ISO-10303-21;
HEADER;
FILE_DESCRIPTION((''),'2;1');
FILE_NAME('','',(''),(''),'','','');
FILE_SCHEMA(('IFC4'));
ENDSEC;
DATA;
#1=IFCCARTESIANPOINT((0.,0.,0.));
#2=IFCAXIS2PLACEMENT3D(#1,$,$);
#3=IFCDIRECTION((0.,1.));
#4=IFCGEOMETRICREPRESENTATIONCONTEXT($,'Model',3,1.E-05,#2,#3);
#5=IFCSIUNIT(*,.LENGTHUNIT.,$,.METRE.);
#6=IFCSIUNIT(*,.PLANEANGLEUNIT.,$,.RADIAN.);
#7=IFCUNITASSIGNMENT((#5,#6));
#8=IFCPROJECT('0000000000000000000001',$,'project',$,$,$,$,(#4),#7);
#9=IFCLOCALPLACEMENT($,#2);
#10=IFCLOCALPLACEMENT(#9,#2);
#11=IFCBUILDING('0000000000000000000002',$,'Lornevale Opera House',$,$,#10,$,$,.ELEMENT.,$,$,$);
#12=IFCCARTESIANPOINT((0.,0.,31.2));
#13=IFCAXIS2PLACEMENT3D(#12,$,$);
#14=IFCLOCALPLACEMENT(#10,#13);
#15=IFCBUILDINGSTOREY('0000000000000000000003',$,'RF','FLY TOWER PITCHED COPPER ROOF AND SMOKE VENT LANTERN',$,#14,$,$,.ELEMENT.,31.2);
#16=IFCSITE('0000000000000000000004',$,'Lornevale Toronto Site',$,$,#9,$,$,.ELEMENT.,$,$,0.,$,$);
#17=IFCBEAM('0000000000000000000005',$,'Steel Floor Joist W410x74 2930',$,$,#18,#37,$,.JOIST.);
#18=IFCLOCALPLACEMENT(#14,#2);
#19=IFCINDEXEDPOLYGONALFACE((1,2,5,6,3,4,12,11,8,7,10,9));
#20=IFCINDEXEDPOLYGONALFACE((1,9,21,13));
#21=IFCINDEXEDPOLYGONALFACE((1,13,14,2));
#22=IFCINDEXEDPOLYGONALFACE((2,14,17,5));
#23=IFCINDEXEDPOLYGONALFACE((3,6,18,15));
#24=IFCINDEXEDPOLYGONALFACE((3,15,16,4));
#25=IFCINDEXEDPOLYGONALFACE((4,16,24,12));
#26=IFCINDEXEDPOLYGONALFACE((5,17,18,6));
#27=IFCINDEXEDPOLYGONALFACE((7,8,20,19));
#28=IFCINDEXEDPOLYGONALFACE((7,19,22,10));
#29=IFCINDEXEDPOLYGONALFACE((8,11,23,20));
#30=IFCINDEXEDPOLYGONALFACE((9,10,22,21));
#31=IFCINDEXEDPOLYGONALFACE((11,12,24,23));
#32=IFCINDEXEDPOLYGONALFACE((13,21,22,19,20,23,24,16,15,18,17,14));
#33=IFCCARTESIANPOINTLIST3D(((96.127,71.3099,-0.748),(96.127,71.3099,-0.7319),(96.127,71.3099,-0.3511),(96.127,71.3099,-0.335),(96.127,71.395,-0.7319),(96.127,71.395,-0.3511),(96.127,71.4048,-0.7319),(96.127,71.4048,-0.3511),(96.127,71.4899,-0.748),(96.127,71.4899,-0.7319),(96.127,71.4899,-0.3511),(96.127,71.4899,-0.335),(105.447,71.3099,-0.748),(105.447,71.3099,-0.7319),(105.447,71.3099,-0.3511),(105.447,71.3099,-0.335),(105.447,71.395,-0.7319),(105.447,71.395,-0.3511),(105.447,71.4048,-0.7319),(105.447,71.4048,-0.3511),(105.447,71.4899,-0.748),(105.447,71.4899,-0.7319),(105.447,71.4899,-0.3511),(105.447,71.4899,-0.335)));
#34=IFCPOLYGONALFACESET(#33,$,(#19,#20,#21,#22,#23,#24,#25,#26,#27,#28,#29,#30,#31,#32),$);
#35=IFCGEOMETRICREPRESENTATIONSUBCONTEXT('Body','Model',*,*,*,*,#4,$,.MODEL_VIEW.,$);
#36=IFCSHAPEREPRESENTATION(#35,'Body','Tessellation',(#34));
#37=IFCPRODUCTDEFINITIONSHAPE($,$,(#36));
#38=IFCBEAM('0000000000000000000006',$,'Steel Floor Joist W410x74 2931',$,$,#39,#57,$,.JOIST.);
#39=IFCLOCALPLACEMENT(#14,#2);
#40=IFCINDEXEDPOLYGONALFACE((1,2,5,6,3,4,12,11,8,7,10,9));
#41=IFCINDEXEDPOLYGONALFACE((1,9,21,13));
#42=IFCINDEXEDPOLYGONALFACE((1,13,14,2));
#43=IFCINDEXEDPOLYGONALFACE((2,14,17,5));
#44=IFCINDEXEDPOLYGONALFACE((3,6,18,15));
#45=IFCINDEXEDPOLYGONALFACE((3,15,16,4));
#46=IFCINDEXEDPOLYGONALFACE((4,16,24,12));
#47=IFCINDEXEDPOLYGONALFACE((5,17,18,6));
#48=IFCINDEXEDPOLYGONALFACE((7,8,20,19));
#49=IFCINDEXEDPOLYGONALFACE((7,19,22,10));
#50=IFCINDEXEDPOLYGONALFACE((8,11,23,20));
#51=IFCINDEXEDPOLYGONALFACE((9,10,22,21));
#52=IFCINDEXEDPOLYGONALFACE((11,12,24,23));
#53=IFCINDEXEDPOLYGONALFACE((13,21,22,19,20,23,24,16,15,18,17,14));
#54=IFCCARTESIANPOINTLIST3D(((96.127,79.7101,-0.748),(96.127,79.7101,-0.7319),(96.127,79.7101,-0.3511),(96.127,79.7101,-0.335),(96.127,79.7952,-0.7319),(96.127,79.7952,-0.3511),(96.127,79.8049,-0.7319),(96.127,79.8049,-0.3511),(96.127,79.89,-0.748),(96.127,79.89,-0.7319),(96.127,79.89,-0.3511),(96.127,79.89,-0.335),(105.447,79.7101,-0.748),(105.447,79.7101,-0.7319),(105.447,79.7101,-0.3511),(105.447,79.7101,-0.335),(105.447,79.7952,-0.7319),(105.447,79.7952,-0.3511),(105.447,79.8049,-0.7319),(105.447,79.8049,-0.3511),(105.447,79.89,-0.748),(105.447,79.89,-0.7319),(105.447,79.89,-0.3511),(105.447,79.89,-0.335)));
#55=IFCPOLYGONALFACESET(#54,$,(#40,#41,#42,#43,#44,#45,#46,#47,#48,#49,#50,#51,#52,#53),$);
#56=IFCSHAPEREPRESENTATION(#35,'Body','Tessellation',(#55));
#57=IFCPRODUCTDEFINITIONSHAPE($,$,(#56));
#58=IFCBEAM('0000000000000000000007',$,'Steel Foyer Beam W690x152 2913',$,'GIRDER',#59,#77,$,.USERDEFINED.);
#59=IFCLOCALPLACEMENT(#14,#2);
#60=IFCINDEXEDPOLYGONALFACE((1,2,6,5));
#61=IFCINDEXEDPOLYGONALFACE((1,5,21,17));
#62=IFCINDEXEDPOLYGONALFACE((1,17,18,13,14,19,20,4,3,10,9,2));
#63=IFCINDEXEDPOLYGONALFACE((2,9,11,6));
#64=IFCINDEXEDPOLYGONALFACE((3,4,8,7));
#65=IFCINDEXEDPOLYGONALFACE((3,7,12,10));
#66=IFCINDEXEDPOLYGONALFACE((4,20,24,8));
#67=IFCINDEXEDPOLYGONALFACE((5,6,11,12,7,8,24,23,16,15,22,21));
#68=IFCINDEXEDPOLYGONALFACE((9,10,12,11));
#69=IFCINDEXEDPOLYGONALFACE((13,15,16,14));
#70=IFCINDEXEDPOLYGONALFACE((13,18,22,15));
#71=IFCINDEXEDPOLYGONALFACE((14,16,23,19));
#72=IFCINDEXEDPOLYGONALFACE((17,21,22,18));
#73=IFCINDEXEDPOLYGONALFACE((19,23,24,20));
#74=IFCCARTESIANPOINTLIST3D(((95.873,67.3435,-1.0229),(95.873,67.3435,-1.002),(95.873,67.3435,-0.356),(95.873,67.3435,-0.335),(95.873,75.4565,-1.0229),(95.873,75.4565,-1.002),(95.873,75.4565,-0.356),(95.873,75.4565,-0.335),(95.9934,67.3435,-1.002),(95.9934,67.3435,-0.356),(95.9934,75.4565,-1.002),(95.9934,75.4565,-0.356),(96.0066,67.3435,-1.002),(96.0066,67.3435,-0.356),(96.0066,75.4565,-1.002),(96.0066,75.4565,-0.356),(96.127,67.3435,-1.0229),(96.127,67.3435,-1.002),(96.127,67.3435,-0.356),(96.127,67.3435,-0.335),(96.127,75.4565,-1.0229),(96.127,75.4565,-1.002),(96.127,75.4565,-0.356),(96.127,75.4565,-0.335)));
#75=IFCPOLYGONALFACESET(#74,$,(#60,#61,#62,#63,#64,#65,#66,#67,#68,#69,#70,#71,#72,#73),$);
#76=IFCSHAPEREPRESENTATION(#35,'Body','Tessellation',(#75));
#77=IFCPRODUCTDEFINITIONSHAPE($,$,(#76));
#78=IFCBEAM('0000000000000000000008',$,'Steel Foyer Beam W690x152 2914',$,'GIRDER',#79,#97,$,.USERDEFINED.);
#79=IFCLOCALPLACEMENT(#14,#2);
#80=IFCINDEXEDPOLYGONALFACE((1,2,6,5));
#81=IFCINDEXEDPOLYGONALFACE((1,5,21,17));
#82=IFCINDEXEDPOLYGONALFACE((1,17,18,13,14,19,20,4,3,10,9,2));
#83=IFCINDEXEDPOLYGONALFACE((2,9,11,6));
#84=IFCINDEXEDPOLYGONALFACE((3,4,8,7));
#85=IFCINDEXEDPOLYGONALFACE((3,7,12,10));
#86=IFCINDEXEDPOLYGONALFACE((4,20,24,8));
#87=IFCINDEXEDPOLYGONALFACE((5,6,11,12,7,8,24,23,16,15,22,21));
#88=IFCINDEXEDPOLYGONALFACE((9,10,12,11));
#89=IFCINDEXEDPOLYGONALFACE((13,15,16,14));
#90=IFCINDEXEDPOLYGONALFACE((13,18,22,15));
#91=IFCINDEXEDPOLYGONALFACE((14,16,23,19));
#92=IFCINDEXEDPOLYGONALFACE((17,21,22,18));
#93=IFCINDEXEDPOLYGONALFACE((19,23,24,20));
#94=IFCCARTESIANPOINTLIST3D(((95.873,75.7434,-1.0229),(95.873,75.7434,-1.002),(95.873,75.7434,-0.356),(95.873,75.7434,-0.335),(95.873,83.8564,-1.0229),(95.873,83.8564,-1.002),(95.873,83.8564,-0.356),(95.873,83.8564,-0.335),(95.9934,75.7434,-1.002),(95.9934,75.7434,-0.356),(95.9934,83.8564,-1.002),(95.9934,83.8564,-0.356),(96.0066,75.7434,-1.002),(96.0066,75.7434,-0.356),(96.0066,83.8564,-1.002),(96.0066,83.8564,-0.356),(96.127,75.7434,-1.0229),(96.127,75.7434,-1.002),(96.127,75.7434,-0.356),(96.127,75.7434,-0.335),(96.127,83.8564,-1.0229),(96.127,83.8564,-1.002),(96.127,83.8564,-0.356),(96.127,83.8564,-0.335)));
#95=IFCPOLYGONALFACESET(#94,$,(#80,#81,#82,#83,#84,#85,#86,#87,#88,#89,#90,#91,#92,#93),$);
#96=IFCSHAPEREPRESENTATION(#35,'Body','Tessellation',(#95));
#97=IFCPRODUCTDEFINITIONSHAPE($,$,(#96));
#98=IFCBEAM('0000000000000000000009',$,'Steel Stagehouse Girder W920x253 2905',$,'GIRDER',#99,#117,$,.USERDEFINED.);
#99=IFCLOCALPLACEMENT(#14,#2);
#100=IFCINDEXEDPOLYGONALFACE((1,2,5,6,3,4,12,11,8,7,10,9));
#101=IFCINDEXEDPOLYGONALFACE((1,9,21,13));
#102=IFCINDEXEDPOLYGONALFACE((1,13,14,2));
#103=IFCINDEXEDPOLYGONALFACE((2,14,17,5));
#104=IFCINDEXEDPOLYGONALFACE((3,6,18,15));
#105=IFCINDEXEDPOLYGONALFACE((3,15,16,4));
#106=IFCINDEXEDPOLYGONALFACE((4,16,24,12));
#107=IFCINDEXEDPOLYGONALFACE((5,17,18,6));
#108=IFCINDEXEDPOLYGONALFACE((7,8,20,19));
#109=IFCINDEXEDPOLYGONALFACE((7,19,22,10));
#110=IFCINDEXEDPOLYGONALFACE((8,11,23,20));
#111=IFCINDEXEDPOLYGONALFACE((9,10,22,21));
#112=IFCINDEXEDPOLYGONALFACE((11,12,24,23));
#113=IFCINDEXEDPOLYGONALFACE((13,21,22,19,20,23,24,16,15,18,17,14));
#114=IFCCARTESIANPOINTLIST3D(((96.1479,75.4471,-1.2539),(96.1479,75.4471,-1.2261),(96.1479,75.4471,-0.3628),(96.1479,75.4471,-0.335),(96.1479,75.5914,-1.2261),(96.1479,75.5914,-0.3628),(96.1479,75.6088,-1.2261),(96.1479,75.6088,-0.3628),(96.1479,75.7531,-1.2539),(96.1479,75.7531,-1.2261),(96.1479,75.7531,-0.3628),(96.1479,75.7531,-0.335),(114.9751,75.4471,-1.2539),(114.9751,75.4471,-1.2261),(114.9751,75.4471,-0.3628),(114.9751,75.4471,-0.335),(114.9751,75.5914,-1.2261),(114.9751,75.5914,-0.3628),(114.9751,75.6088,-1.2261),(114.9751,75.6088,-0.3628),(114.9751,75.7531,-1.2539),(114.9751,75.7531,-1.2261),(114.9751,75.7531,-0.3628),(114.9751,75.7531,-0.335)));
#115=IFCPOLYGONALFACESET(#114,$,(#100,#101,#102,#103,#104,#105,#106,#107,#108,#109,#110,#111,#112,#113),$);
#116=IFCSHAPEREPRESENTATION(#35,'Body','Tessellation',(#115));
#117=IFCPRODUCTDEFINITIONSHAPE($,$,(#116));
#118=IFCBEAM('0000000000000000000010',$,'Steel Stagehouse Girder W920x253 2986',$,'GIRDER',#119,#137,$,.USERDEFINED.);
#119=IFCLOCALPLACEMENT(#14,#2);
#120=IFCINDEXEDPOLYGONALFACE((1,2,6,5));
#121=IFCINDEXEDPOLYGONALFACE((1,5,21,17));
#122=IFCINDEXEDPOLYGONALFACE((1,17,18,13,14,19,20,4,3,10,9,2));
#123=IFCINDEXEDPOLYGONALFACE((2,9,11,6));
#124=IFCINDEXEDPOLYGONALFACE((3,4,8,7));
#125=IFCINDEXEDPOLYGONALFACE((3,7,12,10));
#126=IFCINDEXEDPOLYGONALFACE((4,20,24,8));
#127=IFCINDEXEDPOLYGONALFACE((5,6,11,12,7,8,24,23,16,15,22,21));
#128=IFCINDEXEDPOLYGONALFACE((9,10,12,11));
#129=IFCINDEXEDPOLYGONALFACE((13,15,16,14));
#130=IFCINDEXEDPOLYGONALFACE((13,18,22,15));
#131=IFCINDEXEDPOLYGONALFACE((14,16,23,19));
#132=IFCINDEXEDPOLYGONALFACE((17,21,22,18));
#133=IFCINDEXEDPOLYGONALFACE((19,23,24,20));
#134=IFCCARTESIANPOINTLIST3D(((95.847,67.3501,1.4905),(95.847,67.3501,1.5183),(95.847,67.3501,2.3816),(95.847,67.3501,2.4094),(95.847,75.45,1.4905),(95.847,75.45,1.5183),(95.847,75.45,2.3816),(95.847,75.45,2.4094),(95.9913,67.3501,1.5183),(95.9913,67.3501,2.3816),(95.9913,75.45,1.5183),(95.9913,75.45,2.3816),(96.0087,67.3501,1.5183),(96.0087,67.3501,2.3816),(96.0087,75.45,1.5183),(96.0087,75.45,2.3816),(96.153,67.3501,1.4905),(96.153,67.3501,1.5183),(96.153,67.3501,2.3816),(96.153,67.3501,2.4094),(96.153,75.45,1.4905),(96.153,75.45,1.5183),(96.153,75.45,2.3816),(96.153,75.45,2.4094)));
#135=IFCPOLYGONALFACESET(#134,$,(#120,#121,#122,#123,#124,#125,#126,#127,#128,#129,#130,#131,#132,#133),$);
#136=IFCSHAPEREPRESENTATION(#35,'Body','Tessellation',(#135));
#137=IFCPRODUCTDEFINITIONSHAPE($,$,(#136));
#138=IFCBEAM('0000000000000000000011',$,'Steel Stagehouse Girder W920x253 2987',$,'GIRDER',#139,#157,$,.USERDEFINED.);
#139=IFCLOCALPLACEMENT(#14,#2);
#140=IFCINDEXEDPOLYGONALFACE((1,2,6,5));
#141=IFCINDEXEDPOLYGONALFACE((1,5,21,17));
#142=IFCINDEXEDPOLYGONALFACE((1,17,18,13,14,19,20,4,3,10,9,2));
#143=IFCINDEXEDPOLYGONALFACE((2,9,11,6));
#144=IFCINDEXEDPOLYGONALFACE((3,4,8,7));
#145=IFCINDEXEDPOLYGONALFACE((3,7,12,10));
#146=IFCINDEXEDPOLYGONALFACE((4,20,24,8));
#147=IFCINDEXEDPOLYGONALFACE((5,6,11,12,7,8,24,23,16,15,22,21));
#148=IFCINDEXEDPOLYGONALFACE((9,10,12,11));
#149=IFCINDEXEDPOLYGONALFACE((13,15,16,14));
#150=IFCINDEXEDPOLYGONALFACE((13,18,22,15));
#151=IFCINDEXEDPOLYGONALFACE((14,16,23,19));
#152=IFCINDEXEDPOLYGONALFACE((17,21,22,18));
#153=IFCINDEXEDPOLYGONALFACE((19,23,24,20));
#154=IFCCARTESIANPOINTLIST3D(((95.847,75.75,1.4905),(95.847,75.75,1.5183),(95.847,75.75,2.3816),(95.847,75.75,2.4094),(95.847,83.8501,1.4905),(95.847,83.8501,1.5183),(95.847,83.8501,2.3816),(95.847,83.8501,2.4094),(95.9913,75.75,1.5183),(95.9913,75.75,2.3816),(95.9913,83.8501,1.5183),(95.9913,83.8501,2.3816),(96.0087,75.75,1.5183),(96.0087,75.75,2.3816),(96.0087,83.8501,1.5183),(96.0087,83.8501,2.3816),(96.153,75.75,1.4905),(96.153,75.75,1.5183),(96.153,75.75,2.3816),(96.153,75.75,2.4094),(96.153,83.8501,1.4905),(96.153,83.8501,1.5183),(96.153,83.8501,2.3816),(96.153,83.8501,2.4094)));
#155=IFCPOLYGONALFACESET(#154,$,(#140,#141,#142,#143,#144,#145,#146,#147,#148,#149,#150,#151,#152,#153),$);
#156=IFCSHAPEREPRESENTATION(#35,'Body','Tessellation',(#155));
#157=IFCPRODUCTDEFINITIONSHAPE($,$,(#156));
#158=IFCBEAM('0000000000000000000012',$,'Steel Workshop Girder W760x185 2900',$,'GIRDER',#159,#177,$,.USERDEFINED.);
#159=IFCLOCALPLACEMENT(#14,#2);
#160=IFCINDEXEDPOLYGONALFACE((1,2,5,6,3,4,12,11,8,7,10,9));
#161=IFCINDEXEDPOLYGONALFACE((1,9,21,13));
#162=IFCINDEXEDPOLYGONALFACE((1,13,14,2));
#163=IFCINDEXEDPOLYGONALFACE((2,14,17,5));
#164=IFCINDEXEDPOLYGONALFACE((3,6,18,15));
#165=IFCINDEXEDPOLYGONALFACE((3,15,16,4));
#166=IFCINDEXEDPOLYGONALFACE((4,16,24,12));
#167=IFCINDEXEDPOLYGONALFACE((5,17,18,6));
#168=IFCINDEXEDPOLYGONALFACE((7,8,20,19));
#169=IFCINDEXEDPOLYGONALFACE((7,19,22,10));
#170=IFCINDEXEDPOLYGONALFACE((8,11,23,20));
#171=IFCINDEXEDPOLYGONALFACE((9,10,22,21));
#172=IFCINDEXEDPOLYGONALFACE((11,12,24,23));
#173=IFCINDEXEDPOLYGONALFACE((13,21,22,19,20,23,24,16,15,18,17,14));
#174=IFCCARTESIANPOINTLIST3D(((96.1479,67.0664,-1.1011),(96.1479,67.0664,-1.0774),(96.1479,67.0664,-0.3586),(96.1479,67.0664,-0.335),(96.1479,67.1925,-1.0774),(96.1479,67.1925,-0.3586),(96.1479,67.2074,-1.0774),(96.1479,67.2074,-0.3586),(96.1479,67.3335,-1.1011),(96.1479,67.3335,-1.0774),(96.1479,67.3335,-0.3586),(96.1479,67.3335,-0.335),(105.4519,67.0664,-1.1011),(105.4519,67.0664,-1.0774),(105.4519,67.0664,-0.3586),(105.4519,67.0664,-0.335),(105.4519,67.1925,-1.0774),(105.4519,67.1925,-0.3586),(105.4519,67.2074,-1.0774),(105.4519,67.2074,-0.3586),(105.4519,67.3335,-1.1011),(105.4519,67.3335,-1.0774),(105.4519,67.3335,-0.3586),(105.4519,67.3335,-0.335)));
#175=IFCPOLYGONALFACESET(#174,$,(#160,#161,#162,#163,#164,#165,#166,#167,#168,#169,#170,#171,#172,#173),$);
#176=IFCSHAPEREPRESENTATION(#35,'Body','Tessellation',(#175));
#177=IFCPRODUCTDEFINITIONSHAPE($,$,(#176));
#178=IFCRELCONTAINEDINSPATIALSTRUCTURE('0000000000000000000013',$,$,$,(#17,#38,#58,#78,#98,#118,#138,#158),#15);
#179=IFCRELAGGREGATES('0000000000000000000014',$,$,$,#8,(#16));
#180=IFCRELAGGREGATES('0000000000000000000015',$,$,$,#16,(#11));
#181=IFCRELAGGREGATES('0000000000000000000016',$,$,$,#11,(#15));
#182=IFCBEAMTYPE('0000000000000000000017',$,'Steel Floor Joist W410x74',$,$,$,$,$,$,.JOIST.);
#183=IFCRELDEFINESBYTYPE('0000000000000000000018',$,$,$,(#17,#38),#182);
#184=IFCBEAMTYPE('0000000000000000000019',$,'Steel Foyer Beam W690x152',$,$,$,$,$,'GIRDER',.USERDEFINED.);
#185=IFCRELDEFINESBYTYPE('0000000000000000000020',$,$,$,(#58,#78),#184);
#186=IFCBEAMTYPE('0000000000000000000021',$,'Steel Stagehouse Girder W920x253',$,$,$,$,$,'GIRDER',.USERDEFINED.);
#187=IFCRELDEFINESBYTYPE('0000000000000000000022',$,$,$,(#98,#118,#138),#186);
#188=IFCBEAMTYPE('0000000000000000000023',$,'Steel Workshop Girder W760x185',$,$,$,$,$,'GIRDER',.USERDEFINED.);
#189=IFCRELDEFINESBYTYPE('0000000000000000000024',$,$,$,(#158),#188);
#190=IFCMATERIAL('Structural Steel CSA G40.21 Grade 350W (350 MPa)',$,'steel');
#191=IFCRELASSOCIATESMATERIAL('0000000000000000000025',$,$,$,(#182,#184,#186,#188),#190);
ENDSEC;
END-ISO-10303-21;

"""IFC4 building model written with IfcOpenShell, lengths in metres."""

from ifc_helpers import new_model, si_unit, direction, frame, origin, origin_2d, place, context, subcontext, project, spatial, i_section, extrude, material, material_profile, profile_set, type_object, element, save


model = new_model("IFC4")

# Units and contexts
model_context = context("Model", 3, precision=1e-05, world=origin(), true_north=direction((0.0, 1.0)))
body_context = subcontext(model_context, "Body", "Model", "MODEL_VIEW")
ifc_project = project(units=[si_unit("LENGTHUNIT", "METRE"), si_unit("PLANEANGLEUNIT", "RADIAN")], contexts=[model_context])

# Site, building, storey
site_placement = place(None, origin())
site = spatial("IfcSite", under=ifc_project, at=site_placement, Name="Lornevale Toronto Site", CompositionType="ELEMENT", RefElevation=0.0)
building_placement = place(site_placement, origin())
building = spatial("IfcBuilding", under=site, at=building_placement, Name="Lornevale Opera House", CompositionType="ELEMENT")
storey_placement = place(building_placement, frame((0.0, 0.0, 31.2)))
storey = spatial("IfcBuildingStorey", under=building, at=storey_placement, Name="RF", Description="FLY TOWER PITCHED COPPER ROOF AND SMOKE VENT LANTERN", CompositionType="ELEMENT", Elevation=31.2)

# Shared definitions
ifc_material_1 = material(Name="Structural Steel CSA G40.21 Grade 350W (350 MPa)", Category="steel")

# Beams
ifc_material_profile_1 = material_profile(ifc_material_1, i_section(OverallWidth=0.1799, OverallDepth=0.4131, WebThickness=0.0098, FlangeThickness=0.0161, at=origin_2d()), Name="W410x74")
ifc_profile_set_1 = profile_set([ifc_material_profile_1], Name="Structural Steel CSA G40.21 Grade 350W (350 MPa)")
beam_type_1 = type_object("IfcBeamType", Name="Steel Floor Joist W410x74", PredefinedType="JOIST", material=ifc_profile_set_1)
for number, where, z_axis, x_axis, name in (
    (1, (96.127, 71.3999, -0.5415), (1.0, 0.0, 0.0), (0.0, 1.0, 0.0), "Steel Floor Joist W410x74 2930"),
    (2, (96.127, 79.8, -0.5415), (1.0, 0.0, 0.0), (0.0, 1.0, 0.0), "Steel Floor Joist W410x74 2931"),
):
    element("IfcBeam", number, at=place(storey_placement, frame(where, z_axis=z_axis, x_axis=x_axis)), inside=storey, type_object=beam_type_1, Name=name, PredefinedType="JOIST", context=body_context, shape_type="SweptSolid", body=[
        extrude(i_section(OverallWidth=0.1799, OverallDepth=0.4131, WebThickness=0.0098, FlangeThickness=0.0161, at=origin_2d()), origin(), (0.0, 0.0, 1.0), 9.3201),
    ])
ifc_material_profile_2 = material_profile(ifc_material_1, i_section(OverallWidth=0.2539, OverallDepth=0.688, WebThickness=0.0132, FlangeThickness=0.021, at=origin_2d()), Name="W690x152")
ifc_profile_set_2 = profile_set([ifc_material_profile_2], Name="Structural Steel CSA G40.21 Grade 350W (350 MPa)")
beam_type_2 = type_object("IfcBeamType", Name="Steel Foyer Beam W690x152", ElementType="GIRDER", PredefinedType="USERDEFINED", material=ifc_profile_set_2)
for number, where, z_axis, x_axis, name in (
    (3, (96.0, 67.3435, -0.679), (0.0, 1.0, 0.0), (-1.0, 0.0, 0.0), "Steel Foyer Beam W690x152 2913"),
    (4, (96.0, 75.7434, -0.679), (0.0, 1.0, 0.0), (-1.0, 0.0, 0.0), "Steel Foyer Beam W690x152 2914"),
):
    element("IfcBeam", number, at=place(storey_placement, frame(where, z_axis=z_axis, x_axis=x_axis)), inside=storey, type_object=beam_type_2, Name=name, ObjectType="GIRDER", PredefinedType="USERDEFINED", context=body_context, shape_type="SweptSolid", body=[
        extrude(i_section(OverallWidth=0.2539, OverallDepth=0.688, WebThickness=0.0132, FlangeThickness=0.021, at=origin_2d()), origin(), (0.0, 0.0, 1.0), 8.113),
    ])
ifc_material_profile_3 = material_profile(ifc_material_1, i_section(OverallWidth=0.3059, OverallDepth=0.9189, WebThickness=0.0173, FlangeThickness=0.0278, at=origin_2d()), Name="W920x253")
ifc_profile_set_3 = profile_set([ifc_material_profile_3], Name="Structural Steel CSA G40.21 Grade 350W (350 MPa)")
beam_type_3 = type_object("IfcBeamType", Name="Steel Stagehouse Girder W920x253", ElementType="GIRDER", PredefinedType="USERDEFINED", material=ifc_profile_set_3)
beam_1_placement = place(storey_placement, frame((96.1479, 75.6001, -0.7944), z_axis=(1.0, 0.0, 0.0), x_axis=(0.0, 1.0, 0.0)))
element("IfcBeam", 5, at=beam_1_placement, inside=storey, type_object=beam_type_3, Name="Steel Stagehouse Girder W920x253 2905", ObjectType="GIRDER", PredefinedType="USERDEFINED", context=body_context, shape_type="SweptSolid", body=[
    extrude(i_section(OverallWidth=0.3059, OverallDepth=0.9189, WebThickness=0.0173, FlangeThickness=0.0278, at=origin_2d()), origin(), (0.0, 0.0, 1.0), 18.8271),
])
beam_2_placement = place(storey_placement, frame((96.0, 67.3501, 1.95), z_axis=(0.0, 1.0, 0.0), x_axis=(-1.0, 0.0, 0.0)))
element("IfcBeam", 6, at=beam_2_placement, inside=storey, type_object=beam_type_3, Name="Steel Stagehouse Girder W920x253 2986", ObjectType="GIRDER", PredefinedType="USERDEFINED", context=body_context, shape_type="SweptSolid", body=[
    extrude(i_section(OverallWidth=0.3059, OverallDepth=0.9189, WebThickness=0.0173, FlangeThickness=0.0278, at=origin_2d()), origin(), (0.0, 0.0, 1.0), 8.0999),
])
beam_3_placement = place(storey_placement, frame((96.0, 75.75, 1.95), z_axis=(0.0, 1.0, 0.0), x_axis=(-1.0, 0.0, 0.0)))
element("IfcBeam", 7, at=beam_3_placement, inside=storey, type_object=beam_type_3, Name="Steel Stagehouse Girder W920x253 2987", ObjectType="GIRDER", PredefinedType="USERDEFINED", context=body_context, shape_type="SweptSolid", body=[
    extrude(i_section(OverallWidth=0.3059, OverallDepth=0.9189, WebThickness=0.0173, FlangeThickness=0.0278, at=origin_2d()), origin(), (0.0, 0.0, 1.0), 8.1001),
])
ifc_material_profile_4 = material_profile(ifc_material_1, i_section(OverallWidth=0.2671, OverallDepth=0.7661, WebThickness=0.0149, FlangeThickness=0.0237, at=origin_2d()), Name="W760x185")
ifc_profile_set_4 = profile_set([ifc_material_profile_4], Name="Structural Steel CSA G40.21 Grade 350W (350 MPa)")
beam_type_4 = type_object("IfcBeamType", Name="Steel Workshop Girder W760x185", ElementType="GIRDER", PredefinedType="USERDEFINED", material=ifc_profile_set_4)
for number, where, z_axis, x_axis, name in (
    (8, (96.1479, 67.2, -0.718), (1.0, 0.0, 0.0), (0.0, 1.0, 0.0), "Steel Workshop Girder W760x185 2900"),
):
    element("IfcBeam", number, at=place(storey_placement, frame(where, z_axis=z_axis, x_axis=x_axis)), inside=storey, type_object=beam_type_4, Name=name, ObjectType="GIRDER", PredefinedType="USERDEFINED", context=body_context, shape_type="SweptSolid", body=[
        extrude(i_section(OverallWidth=0.2671, OverallDepth=0.7661, WebThickness=0.0149, FlangeThickness=0.0237, at=origin_2d()), origin(), (0.0, 0.0, 1.0), 9.304),
    ])

save(model, "model.ifc")
